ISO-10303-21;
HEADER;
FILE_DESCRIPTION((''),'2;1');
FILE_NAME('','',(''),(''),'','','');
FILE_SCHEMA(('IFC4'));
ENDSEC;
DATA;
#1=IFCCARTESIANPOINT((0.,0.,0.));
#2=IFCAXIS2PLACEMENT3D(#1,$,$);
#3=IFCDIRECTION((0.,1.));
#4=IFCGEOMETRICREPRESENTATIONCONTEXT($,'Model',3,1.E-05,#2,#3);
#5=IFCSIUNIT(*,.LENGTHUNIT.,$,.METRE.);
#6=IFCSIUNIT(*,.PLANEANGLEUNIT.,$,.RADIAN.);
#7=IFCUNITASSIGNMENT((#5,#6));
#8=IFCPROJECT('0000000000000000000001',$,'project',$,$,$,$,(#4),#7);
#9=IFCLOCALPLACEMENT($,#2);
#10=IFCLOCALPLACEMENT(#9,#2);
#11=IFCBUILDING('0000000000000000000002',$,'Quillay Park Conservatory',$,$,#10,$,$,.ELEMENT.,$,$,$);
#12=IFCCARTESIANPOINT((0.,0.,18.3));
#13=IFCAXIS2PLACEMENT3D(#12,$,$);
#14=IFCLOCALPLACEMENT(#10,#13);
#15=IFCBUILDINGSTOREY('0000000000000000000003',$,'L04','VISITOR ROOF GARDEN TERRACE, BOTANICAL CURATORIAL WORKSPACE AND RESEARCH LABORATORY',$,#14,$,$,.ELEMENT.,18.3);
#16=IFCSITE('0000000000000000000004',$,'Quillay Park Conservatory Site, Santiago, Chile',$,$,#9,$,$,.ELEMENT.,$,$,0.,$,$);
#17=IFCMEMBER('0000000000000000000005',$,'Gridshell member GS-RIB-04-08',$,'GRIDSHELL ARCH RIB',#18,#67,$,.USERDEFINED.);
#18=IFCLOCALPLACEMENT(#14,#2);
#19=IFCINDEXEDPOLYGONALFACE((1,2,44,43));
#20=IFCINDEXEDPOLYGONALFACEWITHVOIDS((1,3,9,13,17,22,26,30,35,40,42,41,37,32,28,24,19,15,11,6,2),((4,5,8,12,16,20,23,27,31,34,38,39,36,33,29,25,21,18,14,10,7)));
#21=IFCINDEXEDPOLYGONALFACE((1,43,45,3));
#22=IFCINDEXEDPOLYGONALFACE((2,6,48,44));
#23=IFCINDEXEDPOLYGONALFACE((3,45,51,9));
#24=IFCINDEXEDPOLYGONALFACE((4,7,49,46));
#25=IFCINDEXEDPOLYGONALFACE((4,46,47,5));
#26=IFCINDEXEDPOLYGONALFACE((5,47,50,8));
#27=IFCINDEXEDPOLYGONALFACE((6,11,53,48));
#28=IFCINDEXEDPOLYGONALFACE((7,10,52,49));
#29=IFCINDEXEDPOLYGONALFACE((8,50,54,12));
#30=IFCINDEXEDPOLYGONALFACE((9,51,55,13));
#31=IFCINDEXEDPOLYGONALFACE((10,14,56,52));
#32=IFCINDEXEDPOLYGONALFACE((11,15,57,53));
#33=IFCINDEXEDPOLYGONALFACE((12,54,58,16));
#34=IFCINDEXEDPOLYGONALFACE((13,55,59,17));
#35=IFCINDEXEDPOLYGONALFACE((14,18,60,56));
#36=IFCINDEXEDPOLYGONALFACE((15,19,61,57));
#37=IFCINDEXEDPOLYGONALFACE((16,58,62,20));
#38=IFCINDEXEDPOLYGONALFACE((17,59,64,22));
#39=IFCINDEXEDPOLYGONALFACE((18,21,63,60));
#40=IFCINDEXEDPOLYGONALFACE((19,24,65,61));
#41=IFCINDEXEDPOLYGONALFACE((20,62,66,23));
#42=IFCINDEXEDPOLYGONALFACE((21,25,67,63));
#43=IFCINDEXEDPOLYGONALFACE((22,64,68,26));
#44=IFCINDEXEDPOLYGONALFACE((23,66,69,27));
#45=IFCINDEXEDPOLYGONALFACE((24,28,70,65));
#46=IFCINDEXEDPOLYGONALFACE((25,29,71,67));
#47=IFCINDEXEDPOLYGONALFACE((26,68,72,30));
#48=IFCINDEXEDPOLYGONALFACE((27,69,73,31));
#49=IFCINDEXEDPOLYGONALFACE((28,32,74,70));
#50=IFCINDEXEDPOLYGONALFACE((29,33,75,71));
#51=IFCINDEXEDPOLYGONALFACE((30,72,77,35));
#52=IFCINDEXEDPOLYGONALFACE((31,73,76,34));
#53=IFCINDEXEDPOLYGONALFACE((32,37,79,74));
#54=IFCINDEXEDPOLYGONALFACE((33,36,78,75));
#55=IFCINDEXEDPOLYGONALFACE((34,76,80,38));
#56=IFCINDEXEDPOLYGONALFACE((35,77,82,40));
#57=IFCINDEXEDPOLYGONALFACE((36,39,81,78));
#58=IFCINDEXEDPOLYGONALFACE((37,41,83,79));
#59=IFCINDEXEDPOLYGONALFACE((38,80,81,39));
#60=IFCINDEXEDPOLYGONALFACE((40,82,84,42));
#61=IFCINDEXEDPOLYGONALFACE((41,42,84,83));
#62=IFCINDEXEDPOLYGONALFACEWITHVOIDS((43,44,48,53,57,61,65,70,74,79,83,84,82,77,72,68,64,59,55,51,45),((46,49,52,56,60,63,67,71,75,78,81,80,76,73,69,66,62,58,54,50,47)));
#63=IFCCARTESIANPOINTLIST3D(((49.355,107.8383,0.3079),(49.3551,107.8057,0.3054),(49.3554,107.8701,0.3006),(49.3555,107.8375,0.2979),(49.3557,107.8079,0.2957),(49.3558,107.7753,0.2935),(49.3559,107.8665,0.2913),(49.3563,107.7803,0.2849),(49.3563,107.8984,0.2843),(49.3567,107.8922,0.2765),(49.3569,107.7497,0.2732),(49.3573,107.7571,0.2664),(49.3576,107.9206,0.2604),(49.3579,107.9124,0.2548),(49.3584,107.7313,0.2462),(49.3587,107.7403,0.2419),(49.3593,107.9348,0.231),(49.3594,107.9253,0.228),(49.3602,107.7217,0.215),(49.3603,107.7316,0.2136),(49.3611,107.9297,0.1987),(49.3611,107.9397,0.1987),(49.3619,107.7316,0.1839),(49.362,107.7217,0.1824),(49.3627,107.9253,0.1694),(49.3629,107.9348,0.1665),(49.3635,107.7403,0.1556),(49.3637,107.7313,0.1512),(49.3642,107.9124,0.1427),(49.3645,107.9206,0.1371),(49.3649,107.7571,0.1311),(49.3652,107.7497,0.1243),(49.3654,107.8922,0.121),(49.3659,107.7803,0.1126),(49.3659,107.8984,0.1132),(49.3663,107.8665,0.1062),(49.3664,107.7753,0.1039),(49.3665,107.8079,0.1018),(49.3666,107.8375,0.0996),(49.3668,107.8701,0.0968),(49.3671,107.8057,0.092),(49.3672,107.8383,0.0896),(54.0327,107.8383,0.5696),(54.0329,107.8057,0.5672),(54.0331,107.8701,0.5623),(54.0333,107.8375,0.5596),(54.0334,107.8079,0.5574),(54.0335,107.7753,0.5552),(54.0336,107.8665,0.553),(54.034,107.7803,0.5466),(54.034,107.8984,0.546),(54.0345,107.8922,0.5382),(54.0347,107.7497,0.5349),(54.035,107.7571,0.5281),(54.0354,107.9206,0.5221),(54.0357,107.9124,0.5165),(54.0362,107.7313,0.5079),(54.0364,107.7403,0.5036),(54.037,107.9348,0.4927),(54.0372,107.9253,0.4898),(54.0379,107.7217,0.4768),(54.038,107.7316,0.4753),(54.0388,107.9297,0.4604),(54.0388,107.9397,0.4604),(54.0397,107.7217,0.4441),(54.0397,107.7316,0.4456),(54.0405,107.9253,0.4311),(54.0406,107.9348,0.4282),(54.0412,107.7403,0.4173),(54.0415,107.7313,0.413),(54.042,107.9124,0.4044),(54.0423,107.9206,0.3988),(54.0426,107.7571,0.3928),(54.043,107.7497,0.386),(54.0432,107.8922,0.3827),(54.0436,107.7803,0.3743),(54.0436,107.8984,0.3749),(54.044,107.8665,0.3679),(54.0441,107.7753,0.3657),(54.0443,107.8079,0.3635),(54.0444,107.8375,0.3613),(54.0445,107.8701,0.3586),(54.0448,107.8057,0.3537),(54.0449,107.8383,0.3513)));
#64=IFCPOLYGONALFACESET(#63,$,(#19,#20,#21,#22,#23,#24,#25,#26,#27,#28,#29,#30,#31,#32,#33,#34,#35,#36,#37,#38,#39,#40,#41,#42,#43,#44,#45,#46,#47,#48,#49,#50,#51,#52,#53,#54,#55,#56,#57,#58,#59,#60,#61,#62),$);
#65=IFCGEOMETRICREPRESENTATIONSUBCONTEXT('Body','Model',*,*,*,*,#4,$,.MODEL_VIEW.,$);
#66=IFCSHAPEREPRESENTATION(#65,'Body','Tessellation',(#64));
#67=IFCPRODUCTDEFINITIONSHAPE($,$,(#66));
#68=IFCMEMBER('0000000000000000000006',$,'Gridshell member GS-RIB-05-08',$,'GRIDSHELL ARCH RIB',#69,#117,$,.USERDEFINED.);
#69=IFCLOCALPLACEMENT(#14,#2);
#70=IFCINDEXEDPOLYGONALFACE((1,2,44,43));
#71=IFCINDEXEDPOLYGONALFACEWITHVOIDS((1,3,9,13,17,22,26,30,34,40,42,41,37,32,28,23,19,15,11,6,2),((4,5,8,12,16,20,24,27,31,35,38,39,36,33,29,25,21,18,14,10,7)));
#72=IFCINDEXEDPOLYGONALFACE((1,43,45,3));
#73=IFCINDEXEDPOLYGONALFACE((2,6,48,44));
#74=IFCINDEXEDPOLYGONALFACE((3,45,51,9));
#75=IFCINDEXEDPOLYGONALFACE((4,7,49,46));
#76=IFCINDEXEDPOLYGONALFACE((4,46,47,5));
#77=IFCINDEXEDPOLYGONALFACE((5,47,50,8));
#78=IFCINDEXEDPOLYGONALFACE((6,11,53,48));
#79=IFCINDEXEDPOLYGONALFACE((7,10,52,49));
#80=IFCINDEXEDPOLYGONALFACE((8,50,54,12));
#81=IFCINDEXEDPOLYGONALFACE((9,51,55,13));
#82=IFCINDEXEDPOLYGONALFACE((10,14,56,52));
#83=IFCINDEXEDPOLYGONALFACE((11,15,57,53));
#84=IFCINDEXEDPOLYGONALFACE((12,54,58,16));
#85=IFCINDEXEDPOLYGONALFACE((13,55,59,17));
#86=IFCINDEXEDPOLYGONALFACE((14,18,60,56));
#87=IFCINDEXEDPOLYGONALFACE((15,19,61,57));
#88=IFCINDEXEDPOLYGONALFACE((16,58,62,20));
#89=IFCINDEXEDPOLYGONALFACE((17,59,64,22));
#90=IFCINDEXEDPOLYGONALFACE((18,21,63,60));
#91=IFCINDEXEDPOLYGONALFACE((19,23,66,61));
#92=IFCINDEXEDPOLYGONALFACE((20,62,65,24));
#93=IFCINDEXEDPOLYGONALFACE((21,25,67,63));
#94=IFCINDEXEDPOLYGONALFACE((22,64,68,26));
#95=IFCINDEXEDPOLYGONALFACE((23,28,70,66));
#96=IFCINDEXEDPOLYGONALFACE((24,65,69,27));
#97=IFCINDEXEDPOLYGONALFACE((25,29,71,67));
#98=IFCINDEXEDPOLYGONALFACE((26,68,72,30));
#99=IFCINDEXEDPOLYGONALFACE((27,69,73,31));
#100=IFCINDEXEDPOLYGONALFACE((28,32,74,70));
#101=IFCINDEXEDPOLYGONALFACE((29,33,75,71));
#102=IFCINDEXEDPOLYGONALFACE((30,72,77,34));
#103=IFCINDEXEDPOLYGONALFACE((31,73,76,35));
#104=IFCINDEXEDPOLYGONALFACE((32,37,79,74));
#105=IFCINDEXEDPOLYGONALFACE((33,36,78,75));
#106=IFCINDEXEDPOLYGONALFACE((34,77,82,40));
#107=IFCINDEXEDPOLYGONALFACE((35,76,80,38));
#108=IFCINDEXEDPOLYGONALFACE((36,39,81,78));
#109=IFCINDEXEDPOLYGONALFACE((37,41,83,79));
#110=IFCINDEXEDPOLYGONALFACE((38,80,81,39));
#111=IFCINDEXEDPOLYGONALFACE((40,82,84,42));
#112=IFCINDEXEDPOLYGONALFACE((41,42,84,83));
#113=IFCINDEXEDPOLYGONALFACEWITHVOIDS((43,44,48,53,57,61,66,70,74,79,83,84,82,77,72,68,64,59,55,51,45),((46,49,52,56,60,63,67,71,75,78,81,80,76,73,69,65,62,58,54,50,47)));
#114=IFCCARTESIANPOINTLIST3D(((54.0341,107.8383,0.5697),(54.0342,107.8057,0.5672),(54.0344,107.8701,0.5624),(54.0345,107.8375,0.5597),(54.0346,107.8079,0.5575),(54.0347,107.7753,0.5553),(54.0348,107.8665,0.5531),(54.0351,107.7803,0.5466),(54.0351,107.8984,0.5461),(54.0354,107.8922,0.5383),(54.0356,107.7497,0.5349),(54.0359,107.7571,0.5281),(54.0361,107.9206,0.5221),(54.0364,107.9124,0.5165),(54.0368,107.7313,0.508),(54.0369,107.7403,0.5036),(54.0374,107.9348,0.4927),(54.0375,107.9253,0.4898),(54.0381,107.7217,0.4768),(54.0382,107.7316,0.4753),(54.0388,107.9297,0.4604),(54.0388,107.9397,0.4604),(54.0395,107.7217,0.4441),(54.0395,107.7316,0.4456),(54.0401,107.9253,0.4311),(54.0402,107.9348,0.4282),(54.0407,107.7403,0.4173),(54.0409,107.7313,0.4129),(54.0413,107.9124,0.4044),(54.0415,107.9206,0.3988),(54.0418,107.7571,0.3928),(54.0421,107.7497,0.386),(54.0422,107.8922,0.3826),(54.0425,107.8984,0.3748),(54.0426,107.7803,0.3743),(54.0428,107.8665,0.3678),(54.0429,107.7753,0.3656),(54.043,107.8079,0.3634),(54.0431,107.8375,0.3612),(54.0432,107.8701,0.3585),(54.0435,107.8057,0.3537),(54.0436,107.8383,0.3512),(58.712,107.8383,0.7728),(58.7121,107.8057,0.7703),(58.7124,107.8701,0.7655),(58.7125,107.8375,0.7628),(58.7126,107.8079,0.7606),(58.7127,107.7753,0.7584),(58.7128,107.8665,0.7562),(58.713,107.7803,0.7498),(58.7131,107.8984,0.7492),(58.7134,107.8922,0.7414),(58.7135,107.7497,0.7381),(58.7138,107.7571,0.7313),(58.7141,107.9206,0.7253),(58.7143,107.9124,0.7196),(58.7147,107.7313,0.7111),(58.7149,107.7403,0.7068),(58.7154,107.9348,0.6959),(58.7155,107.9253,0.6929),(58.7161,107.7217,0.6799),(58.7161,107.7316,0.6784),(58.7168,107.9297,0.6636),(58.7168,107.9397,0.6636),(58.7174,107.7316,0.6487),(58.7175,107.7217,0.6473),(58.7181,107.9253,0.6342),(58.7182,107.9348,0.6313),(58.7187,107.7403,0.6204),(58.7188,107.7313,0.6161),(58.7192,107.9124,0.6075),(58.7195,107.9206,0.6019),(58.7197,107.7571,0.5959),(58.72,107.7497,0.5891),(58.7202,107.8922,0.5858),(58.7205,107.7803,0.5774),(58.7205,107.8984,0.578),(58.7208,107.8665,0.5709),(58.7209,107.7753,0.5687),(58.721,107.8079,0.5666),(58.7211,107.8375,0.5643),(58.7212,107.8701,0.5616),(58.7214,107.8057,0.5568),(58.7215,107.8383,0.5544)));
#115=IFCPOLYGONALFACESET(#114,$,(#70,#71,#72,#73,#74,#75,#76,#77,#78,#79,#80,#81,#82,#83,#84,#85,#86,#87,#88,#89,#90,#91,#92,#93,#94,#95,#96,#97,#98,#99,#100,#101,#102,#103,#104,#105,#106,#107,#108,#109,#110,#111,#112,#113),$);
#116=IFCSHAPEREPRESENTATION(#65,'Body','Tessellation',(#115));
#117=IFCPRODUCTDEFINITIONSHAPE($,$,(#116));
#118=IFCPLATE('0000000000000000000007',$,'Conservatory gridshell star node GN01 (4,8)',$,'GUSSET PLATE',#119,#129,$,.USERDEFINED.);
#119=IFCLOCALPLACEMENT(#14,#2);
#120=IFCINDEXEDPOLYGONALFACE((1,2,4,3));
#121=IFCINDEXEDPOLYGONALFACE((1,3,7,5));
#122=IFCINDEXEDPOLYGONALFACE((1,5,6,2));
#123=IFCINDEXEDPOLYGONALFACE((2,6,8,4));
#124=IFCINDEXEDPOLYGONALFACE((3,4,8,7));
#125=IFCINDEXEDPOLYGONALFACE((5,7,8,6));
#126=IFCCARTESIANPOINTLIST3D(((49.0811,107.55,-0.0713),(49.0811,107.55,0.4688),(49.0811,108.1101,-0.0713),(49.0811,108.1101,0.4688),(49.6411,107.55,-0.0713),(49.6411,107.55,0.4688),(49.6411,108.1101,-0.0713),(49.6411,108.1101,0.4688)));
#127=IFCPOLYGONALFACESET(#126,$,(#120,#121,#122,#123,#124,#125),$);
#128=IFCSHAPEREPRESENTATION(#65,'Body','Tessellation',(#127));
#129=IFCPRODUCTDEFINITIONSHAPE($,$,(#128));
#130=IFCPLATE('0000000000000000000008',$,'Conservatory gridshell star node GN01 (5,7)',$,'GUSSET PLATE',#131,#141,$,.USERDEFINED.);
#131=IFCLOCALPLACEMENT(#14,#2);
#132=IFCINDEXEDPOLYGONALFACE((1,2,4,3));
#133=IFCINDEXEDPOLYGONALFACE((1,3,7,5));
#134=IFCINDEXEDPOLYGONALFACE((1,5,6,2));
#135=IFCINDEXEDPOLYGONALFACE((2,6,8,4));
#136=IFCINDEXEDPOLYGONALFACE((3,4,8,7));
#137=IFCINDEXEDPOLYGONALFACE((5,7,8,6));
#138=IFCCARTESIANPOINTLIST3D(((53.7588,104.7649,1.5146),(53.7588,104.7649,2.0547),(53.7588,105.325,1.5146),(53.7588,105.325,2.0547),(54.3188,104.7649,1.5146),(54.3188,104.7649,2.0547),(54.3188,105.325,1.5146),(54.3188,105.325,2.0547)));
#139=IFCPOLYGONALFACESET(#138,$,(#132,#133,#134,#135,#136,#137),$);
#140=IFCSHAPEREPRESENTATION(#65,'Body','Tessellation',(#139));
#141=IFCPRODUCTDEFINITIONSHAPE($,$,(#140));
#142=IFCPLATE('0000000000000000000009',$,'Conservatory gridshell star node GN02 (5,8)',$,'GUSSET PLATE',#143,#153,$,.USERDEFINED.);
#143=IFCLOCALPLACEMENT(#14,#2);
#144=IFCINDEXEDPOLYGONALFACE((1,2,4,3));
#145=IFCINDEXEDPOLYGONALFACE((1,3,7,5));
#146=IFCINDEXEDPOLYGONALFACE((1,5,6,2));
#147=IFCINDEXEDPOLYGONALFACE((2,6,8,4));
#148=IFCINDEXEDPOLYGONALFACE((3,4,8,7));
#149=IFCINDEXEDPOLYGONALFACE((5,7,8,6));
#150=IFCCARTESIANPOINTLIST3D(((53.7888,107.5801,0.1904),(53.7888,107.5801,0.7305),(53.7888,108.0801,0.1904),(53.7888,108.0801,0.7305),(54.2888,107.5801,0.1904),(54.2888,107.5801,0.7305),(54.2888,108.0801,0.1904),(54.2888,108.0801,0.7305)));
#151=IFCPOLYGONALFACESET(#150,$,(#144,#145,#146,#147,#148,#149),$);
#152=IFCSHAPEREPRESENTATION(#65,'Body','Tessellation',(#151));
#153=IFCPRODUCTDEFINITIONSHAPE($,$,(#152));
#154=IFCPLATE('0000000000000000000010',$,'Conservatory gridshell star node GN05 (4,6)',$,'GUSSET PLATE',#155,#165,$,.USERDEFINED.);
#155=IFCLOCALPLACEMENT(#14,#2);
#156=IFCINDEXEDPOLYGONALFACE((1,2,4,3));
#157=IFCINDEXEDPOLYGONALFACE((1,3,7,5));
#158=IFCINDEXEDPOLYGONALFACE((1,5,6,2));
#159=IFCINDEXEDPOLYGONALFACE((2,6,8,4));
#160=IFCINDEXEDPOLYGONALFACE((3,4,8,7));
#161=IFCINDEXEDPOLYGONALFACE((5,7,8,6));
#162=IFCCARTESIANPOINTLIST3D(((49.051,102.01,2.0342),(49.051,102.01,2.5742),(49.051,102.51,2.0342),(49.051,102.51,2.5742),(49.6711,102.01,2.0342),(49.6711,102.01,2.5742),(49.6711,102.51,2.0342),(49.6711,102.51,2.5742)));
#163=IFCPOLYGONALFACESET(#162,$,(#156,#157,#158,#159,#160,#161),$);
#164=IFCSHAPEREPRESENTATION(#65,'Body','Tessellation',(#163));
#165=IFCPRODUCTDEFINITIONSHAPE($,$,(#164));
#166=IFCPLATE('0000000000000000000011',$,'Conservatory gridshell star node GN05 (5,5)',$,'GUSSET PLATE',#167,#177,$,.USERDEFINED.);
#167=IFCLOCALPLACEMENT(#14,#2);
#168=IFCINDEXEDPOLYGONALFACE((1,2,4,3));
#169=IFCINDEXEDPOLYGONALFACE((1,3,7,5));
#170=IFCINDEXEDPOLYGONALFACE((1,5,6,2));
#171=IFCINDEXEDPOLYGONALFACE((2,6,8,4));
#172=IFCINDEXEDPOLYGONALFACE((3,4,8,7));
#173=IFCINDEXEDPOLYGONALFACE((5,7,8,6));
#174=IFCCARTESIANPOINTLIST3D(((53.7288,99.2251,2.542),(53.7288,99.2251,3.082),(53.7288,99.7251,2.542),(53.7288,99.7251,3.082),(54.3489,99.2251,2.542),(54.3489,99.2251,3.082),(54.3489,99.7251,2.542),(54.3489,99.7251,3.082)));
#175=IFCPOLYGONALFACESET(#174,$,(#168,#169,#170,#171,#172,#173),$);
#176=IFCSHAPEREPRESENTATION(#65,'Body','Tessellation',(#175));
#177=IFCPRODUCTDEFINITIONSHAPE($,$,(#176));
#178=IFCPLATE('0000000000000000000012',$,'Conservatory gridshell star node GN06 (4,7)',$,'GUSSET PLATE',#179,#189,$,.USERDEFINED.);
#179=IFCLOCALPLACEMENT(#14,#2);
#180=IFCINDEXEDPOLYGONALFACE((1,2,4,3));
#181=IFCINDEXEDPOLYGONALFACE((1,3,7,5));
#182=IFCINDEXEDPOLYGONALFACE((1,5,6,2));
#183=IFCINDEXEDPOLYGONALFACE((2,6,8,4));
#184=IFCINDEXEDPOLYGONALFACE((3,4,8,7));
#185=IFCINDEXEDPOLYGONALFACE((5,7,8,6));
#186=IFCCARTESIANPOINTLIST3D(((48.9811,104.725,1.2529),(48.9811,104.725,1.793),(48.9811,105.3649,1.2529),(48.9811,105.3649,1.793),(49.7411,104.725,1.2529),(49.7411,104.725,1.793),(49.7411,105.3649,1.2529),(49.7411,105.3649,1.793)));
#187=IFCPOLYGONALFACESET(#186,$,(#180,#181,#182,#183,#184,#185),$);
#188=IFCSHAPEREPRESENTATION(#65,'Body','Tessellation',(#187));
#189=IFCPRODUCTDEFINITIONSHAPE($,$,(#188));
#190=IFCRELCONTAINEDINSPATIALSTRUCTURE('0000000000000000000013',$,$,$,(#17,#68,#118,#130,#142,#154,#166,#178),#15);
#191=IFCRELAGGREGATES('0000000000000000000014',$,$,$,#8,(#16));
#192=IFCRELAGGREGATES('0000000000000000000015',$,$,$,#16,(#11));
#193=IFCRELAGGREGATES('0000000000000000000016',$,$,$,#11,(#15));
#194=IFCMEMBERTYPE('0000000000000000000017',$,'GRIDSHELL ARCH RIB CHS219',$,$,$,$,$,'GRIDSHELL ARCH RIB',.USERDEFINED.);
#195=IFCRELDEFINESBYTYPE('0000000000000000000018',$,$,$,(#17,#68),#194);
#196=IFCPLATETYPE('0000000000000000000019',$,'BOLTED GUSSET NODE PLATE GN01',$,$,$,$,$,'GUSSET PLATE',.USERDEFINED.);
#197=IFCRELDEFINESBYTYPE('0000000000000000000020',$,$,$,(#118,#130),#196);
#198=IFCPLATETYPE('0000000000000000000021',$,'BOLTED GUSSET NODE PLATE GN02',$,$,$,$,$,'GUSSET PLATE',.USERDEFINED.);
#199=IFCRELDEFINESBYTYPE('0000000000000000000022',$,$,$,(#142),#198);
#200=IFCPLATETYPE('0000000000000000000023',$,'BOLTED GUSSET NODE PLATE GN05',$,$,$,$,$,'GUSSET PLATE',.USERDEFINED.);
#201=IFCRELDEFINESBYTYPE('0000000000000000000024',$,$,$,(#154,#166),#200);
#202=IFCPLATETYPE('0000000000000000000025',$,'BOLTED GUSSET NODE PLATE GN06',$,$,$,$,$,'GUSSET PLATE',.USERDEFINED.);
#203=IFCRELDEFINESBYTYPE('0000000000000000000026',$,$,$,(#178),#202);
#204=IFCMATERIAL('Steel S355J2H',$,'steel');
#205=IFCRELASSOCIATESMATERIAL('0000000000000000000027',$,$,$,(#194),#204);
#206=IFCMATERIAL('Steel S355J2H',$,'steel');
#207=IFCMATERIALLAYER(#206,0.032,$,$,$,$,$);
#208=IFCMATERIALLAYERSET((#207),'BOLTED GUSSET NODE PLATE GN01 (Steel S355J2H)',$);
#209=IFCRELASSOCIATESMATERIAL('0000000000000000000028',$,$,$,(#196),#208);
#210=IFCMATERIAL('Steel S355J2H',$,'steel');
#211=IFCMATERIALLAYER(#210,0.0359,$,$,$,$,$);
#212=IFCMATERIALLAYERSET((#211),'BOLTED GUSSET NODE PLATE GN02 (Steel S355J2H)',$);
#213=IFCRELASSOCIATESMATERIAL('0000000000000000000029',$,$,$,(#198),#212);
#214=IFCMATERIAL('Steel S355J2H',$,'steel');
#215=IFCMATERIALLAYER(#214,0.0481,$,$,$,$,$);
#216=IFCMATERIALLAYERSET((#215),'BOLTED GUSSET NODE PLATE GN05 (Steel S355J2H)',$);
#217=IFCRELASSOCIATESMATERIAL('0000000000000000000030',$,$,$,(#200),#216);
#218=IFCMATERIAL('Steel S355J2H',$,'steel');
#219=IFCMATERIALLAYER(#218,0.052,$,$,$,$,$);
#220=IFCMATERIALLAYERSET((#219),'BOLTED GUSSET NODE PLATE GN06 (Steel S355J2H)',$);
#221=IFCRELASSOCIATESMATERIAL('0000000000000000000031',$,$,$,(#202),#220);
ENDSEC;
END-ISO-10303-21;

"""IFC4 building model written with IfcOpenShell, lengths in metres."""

from ifc_helpers import new_model, si_unit, direction, frame, origin, origin_2d, place, context, subcontext, project, spatial, rectangle, hollow_circle, extrude, material, layer, layer_set, material_profile, profile_set, type_object, element, save


model = new_model("IFC4")

# Units and contexts
model_context = context("Model", 3, precision=1e-05, world=origin(), true_north=direction((0.0, 1.0)))
body_context = subcontext(model_context, "Body", "Model", "MODEL_VIEW")
ifc_project = project(units=[si_unit("LENGTHUNIT", "METRE"), si_unit("PLANEANGLEUNIT", "RADIAN")], contexts=[model_context])

# Site, building, storey
site_placement = place(None, origin())
site = spatial("IfcSite", under=ifc_project, at=site_placement, Name="Quillay Park Conservatory Site, Santiago, Chile", CompositionType="ELEMENT", RefElevation=0.0)
building_placement = place(site_placement, origin())
building = spatial("IfcBuilding", under=site, at=building_placement, Name="Quillay Park Conservatory", CompositionType="ELEMENT")
storey_placement = place(building_placement, frame((0.0, 0.0, 18.3)))
storey = spatial("IfcBuildingStorey", under=building, at=storey_placement, Name="L04", Description="VISITOR ROOF GARDEN TERRACE, BOTANICAL CURATORIAL WORKSPACE AND RESEARCH LABORATORY", CompositionType="ELEMENT", Elevation=18.3)

# Members
ifc_material_1 = material(Name="Steel S355J2H", Category="steel")
ifc_material_profile_1 = material_profile(ifc_material_1, hollow_circle(Radius=0.1096, WallThickness=0.01, at=origin_2d()), Name="CHS219.1x10")
ifc_profile_set_1 = profile_set([ifc_material_profile_1], Name="Steel S355J2H")
member_type = type_object("IfcMemberType", Name="GRIDSHELL ARCH RIB CHS219", ElementType="GRIDSHELL ARCH RIB", PredefinedType="USERDEFINED", material=ifc_profile_set_1)
member_1_placement = place(storey_placement, frame((49.3611, 107.8301, 0.1987), z_axis=(0.998438, 0.0, 0.055863), x_axis=(0.0, 1.0, 0.0)))
element("IfcMember", 1, at=member_1_placement, inside=storey, type_object=member_type, Name="Gridshell member GS-RIB-04-08", ObjectType="GRIDSHELL ARCH RIB", PredefinedType="USERDEFINED", context=body_context, shape_type="SweptSolid", body=[
    extrude(hollow_circle(Radius=0.1096, WallThickness=0.01, at=origin_2d()), origin(), (0.0, 0.0, 1.0), 4.6851),
])
member_2_placement = place(storey_placement, frame((54.0388, 107.8301, 0.4604), z_axis=(0.999059, 0.0, 0.043381), x_axis=(0.0, 1.0, 0.0)))
element("IfcMember", 2, at=member_2_placement, inside=storey, type_object=member_type, Name="Gridshell member GS-RIB-05-08", ObjectType="GRIDSHELL ARCH RIB", PredefinedType="USERDEFINED", context=body_context, shape_type="SweptSolid", body=[
    extrude(hollow_circle(Radius=0.1096, WallThickness=0.01, at=origin_2d()), origin(), (0.0, 0.0, 1.0), 4.6824),
])

# Plates
ifc_material_2 = material(Name="Steel S355J2H", Category="steel")
ifc_layer_1 = layer(ifc_material_2, 0.032)
ifc_layer_set_1 = layer_set([ifc_layer_1], Name="BOLTED GUSSET NODE PLATE GN01 (Steel S355J2H)")
plate_type_1 = type_object("IfcPlateType", Name="BOLTED GUSSET NODE PLATE GN01", ElementType="GUSSET PLATE", PredefinedType="USERDEFINED", material=ifc_layer_set_1)
for number, where, z_axis, x_axis, name in (
    (3, (49.3611, 107.8301, -0.0713), (0.0, 0.0, 1.0), (1.0, 0.0, 0.0), "Conservatory gridshell star node GN01 (4,8)"),
    (4, (54.0388, 105.0449, 1.5146), (0.0, 0.0, 1.0), (1.0, 0.0, 0.0), "Conservatory gridshell star node GN01 (5,7)"),
):
    element("IfcPlate", number, at=place(storey_placement, frame(where, z_axis=z_axis, x_axis=x_axis)), inside=storey, type_object=plate_type_1, Name=name, ObjectType="GUSSET PLATE", PredefinedType="USERDEFINED", context=body_context, shape_type="SweptSolid", body=[
        extrude(rectangle(XDim=0.5601, YDim=0.5601, at=origin_2d()), origin(), (0.0, 0.0, 1.0), 0.54),
    ])
ifc_material_3 = material(Name="Steel S355J2H", Category="steel")
ifc_layer_2 = layer(ifc_material_3, 0.0359)
ifc_layer_set_2 = layer_set([ifc_layer_2], Name="BOLTED GUSSET NODE PLATE GN02 (Steel S355J2H)")
plate_type_2 = type_object("IfcPlateType", Name="BOLTED GUSSET NODE PLATE GN02", ElementType="GUSSET PLATE", PredefinedType="USERDEFINED", material=ifc_layer_set_2)
plate_placement = place(storey_placement, frame((54.0388, 107.8301, 0.1904), z_axis=(0.0, 0.0, 1.0), x_axis=(1.0, 0.0, 0.0)))
element("IfcPlate", 5, at=plate_placement, inside=storey, type_object=plate_type_2, Name="Conservatory gridshell star node GN02 (5,8)", ObjectType="GUSSET PLATE", PredefinedType="USERDEFINED", context=body_context, shape_type="SweptSolid", body=[
    extrude(rectangle(XDim=0.5, YDim=0.5, at=origin_2d()), origin(), (0.0, 0.0, 1.0), 0.54),
])
ifc_material_4 = material(Name="Steel S355J2H", Category="steel")
ifc_layer_3 = layer(ifc_material_4, 0.0481)
ifc_layer_set_3 = layer_set([ifc_layer_3], Name="BOLTED GUSSET NODE PLATE GN05 (Steel S355J2H)")
plate_type_3 = type_object("IfcPlateType", Name="BOLTED GUSSET NODE PLATE GN05", ElementType="GUSSET PLATE", PredefinedType="USERDEFINED", material=ifc_layer_set_3)
for number, where, z_axis, x_axis, name in (
    (6, (49.3611, 102.26, 2.0342), (0.0, 0.0, 1.0), (1.0, 0.0, 0.0), "Conservatory gridshell star node GN05 (4,6)"),
    (7, (54.0388, 99.4751, 2.542), (0.0, 0.0, 1.0), (1.0, 0.0, 0.0), "Conservatory gridshell star node GN05 (5,5)"),
):
    element("IfcPlate", number, at=place(storey_placement, frame(where, z_axis=z_axis, x_axis=x_axis)), inside=storey, type_object=plate_type_3, Name=name, ObjectType="GUSSET PLATE", PredefinedType="USERDEFINED", context=body_context, shape_type="SweptSolid", body=[
        extrude(rectangle(XDim=0.6201, YDim=0.5, at=origin_2d()), origin(), (0.0, 0.0, 1.0), 0.54),
    ])
ifc_material_5 = material(Name="Steel S355J2H", Category="steel")
ifc_layer_4 = layer(ifc_material_5, 0.052)
ifc_layer_set_4 = layer_set([ifc_layer_4], Name="BOLTED GUSSET NODE PLATE GN06 (Steel S355J2H)")
plate_type_4 = type_object("IfcPlateType", Name="BOLTED GUSSET NODE PLATE GN06", ElementType="GUSSET PLATE", PredefinedType="USERDEFINED", material=ifc_layer_set_4)
for number, where, z_axis, x_axis, name in (
    (8, (49.3611, 105.0449, 1.2529), (0.0, 0.0, 1.0), (1.0, 0.0, 0.0), "Conservatory gridshell star node GN06 (4,7)"),
):
    element("IfcPlate", number, at=place(storey_placement, frame(where, z_axis=z_axis, x_axis=x_axis)), inside=storey, type_object=plate_type_4, Name=name, ObjectType="GUSSET PLATE", PredefinedType="USERDEFINED", context=body_context, shape_type="SweptSolid", body=[
        extrude(rectangle(XDim=0.76, YDim=0.6399, at=origin_2d()), origin(), (0.0, 0.0, 1.0), 0.54),
    ])

save(model, "model.ifc")
